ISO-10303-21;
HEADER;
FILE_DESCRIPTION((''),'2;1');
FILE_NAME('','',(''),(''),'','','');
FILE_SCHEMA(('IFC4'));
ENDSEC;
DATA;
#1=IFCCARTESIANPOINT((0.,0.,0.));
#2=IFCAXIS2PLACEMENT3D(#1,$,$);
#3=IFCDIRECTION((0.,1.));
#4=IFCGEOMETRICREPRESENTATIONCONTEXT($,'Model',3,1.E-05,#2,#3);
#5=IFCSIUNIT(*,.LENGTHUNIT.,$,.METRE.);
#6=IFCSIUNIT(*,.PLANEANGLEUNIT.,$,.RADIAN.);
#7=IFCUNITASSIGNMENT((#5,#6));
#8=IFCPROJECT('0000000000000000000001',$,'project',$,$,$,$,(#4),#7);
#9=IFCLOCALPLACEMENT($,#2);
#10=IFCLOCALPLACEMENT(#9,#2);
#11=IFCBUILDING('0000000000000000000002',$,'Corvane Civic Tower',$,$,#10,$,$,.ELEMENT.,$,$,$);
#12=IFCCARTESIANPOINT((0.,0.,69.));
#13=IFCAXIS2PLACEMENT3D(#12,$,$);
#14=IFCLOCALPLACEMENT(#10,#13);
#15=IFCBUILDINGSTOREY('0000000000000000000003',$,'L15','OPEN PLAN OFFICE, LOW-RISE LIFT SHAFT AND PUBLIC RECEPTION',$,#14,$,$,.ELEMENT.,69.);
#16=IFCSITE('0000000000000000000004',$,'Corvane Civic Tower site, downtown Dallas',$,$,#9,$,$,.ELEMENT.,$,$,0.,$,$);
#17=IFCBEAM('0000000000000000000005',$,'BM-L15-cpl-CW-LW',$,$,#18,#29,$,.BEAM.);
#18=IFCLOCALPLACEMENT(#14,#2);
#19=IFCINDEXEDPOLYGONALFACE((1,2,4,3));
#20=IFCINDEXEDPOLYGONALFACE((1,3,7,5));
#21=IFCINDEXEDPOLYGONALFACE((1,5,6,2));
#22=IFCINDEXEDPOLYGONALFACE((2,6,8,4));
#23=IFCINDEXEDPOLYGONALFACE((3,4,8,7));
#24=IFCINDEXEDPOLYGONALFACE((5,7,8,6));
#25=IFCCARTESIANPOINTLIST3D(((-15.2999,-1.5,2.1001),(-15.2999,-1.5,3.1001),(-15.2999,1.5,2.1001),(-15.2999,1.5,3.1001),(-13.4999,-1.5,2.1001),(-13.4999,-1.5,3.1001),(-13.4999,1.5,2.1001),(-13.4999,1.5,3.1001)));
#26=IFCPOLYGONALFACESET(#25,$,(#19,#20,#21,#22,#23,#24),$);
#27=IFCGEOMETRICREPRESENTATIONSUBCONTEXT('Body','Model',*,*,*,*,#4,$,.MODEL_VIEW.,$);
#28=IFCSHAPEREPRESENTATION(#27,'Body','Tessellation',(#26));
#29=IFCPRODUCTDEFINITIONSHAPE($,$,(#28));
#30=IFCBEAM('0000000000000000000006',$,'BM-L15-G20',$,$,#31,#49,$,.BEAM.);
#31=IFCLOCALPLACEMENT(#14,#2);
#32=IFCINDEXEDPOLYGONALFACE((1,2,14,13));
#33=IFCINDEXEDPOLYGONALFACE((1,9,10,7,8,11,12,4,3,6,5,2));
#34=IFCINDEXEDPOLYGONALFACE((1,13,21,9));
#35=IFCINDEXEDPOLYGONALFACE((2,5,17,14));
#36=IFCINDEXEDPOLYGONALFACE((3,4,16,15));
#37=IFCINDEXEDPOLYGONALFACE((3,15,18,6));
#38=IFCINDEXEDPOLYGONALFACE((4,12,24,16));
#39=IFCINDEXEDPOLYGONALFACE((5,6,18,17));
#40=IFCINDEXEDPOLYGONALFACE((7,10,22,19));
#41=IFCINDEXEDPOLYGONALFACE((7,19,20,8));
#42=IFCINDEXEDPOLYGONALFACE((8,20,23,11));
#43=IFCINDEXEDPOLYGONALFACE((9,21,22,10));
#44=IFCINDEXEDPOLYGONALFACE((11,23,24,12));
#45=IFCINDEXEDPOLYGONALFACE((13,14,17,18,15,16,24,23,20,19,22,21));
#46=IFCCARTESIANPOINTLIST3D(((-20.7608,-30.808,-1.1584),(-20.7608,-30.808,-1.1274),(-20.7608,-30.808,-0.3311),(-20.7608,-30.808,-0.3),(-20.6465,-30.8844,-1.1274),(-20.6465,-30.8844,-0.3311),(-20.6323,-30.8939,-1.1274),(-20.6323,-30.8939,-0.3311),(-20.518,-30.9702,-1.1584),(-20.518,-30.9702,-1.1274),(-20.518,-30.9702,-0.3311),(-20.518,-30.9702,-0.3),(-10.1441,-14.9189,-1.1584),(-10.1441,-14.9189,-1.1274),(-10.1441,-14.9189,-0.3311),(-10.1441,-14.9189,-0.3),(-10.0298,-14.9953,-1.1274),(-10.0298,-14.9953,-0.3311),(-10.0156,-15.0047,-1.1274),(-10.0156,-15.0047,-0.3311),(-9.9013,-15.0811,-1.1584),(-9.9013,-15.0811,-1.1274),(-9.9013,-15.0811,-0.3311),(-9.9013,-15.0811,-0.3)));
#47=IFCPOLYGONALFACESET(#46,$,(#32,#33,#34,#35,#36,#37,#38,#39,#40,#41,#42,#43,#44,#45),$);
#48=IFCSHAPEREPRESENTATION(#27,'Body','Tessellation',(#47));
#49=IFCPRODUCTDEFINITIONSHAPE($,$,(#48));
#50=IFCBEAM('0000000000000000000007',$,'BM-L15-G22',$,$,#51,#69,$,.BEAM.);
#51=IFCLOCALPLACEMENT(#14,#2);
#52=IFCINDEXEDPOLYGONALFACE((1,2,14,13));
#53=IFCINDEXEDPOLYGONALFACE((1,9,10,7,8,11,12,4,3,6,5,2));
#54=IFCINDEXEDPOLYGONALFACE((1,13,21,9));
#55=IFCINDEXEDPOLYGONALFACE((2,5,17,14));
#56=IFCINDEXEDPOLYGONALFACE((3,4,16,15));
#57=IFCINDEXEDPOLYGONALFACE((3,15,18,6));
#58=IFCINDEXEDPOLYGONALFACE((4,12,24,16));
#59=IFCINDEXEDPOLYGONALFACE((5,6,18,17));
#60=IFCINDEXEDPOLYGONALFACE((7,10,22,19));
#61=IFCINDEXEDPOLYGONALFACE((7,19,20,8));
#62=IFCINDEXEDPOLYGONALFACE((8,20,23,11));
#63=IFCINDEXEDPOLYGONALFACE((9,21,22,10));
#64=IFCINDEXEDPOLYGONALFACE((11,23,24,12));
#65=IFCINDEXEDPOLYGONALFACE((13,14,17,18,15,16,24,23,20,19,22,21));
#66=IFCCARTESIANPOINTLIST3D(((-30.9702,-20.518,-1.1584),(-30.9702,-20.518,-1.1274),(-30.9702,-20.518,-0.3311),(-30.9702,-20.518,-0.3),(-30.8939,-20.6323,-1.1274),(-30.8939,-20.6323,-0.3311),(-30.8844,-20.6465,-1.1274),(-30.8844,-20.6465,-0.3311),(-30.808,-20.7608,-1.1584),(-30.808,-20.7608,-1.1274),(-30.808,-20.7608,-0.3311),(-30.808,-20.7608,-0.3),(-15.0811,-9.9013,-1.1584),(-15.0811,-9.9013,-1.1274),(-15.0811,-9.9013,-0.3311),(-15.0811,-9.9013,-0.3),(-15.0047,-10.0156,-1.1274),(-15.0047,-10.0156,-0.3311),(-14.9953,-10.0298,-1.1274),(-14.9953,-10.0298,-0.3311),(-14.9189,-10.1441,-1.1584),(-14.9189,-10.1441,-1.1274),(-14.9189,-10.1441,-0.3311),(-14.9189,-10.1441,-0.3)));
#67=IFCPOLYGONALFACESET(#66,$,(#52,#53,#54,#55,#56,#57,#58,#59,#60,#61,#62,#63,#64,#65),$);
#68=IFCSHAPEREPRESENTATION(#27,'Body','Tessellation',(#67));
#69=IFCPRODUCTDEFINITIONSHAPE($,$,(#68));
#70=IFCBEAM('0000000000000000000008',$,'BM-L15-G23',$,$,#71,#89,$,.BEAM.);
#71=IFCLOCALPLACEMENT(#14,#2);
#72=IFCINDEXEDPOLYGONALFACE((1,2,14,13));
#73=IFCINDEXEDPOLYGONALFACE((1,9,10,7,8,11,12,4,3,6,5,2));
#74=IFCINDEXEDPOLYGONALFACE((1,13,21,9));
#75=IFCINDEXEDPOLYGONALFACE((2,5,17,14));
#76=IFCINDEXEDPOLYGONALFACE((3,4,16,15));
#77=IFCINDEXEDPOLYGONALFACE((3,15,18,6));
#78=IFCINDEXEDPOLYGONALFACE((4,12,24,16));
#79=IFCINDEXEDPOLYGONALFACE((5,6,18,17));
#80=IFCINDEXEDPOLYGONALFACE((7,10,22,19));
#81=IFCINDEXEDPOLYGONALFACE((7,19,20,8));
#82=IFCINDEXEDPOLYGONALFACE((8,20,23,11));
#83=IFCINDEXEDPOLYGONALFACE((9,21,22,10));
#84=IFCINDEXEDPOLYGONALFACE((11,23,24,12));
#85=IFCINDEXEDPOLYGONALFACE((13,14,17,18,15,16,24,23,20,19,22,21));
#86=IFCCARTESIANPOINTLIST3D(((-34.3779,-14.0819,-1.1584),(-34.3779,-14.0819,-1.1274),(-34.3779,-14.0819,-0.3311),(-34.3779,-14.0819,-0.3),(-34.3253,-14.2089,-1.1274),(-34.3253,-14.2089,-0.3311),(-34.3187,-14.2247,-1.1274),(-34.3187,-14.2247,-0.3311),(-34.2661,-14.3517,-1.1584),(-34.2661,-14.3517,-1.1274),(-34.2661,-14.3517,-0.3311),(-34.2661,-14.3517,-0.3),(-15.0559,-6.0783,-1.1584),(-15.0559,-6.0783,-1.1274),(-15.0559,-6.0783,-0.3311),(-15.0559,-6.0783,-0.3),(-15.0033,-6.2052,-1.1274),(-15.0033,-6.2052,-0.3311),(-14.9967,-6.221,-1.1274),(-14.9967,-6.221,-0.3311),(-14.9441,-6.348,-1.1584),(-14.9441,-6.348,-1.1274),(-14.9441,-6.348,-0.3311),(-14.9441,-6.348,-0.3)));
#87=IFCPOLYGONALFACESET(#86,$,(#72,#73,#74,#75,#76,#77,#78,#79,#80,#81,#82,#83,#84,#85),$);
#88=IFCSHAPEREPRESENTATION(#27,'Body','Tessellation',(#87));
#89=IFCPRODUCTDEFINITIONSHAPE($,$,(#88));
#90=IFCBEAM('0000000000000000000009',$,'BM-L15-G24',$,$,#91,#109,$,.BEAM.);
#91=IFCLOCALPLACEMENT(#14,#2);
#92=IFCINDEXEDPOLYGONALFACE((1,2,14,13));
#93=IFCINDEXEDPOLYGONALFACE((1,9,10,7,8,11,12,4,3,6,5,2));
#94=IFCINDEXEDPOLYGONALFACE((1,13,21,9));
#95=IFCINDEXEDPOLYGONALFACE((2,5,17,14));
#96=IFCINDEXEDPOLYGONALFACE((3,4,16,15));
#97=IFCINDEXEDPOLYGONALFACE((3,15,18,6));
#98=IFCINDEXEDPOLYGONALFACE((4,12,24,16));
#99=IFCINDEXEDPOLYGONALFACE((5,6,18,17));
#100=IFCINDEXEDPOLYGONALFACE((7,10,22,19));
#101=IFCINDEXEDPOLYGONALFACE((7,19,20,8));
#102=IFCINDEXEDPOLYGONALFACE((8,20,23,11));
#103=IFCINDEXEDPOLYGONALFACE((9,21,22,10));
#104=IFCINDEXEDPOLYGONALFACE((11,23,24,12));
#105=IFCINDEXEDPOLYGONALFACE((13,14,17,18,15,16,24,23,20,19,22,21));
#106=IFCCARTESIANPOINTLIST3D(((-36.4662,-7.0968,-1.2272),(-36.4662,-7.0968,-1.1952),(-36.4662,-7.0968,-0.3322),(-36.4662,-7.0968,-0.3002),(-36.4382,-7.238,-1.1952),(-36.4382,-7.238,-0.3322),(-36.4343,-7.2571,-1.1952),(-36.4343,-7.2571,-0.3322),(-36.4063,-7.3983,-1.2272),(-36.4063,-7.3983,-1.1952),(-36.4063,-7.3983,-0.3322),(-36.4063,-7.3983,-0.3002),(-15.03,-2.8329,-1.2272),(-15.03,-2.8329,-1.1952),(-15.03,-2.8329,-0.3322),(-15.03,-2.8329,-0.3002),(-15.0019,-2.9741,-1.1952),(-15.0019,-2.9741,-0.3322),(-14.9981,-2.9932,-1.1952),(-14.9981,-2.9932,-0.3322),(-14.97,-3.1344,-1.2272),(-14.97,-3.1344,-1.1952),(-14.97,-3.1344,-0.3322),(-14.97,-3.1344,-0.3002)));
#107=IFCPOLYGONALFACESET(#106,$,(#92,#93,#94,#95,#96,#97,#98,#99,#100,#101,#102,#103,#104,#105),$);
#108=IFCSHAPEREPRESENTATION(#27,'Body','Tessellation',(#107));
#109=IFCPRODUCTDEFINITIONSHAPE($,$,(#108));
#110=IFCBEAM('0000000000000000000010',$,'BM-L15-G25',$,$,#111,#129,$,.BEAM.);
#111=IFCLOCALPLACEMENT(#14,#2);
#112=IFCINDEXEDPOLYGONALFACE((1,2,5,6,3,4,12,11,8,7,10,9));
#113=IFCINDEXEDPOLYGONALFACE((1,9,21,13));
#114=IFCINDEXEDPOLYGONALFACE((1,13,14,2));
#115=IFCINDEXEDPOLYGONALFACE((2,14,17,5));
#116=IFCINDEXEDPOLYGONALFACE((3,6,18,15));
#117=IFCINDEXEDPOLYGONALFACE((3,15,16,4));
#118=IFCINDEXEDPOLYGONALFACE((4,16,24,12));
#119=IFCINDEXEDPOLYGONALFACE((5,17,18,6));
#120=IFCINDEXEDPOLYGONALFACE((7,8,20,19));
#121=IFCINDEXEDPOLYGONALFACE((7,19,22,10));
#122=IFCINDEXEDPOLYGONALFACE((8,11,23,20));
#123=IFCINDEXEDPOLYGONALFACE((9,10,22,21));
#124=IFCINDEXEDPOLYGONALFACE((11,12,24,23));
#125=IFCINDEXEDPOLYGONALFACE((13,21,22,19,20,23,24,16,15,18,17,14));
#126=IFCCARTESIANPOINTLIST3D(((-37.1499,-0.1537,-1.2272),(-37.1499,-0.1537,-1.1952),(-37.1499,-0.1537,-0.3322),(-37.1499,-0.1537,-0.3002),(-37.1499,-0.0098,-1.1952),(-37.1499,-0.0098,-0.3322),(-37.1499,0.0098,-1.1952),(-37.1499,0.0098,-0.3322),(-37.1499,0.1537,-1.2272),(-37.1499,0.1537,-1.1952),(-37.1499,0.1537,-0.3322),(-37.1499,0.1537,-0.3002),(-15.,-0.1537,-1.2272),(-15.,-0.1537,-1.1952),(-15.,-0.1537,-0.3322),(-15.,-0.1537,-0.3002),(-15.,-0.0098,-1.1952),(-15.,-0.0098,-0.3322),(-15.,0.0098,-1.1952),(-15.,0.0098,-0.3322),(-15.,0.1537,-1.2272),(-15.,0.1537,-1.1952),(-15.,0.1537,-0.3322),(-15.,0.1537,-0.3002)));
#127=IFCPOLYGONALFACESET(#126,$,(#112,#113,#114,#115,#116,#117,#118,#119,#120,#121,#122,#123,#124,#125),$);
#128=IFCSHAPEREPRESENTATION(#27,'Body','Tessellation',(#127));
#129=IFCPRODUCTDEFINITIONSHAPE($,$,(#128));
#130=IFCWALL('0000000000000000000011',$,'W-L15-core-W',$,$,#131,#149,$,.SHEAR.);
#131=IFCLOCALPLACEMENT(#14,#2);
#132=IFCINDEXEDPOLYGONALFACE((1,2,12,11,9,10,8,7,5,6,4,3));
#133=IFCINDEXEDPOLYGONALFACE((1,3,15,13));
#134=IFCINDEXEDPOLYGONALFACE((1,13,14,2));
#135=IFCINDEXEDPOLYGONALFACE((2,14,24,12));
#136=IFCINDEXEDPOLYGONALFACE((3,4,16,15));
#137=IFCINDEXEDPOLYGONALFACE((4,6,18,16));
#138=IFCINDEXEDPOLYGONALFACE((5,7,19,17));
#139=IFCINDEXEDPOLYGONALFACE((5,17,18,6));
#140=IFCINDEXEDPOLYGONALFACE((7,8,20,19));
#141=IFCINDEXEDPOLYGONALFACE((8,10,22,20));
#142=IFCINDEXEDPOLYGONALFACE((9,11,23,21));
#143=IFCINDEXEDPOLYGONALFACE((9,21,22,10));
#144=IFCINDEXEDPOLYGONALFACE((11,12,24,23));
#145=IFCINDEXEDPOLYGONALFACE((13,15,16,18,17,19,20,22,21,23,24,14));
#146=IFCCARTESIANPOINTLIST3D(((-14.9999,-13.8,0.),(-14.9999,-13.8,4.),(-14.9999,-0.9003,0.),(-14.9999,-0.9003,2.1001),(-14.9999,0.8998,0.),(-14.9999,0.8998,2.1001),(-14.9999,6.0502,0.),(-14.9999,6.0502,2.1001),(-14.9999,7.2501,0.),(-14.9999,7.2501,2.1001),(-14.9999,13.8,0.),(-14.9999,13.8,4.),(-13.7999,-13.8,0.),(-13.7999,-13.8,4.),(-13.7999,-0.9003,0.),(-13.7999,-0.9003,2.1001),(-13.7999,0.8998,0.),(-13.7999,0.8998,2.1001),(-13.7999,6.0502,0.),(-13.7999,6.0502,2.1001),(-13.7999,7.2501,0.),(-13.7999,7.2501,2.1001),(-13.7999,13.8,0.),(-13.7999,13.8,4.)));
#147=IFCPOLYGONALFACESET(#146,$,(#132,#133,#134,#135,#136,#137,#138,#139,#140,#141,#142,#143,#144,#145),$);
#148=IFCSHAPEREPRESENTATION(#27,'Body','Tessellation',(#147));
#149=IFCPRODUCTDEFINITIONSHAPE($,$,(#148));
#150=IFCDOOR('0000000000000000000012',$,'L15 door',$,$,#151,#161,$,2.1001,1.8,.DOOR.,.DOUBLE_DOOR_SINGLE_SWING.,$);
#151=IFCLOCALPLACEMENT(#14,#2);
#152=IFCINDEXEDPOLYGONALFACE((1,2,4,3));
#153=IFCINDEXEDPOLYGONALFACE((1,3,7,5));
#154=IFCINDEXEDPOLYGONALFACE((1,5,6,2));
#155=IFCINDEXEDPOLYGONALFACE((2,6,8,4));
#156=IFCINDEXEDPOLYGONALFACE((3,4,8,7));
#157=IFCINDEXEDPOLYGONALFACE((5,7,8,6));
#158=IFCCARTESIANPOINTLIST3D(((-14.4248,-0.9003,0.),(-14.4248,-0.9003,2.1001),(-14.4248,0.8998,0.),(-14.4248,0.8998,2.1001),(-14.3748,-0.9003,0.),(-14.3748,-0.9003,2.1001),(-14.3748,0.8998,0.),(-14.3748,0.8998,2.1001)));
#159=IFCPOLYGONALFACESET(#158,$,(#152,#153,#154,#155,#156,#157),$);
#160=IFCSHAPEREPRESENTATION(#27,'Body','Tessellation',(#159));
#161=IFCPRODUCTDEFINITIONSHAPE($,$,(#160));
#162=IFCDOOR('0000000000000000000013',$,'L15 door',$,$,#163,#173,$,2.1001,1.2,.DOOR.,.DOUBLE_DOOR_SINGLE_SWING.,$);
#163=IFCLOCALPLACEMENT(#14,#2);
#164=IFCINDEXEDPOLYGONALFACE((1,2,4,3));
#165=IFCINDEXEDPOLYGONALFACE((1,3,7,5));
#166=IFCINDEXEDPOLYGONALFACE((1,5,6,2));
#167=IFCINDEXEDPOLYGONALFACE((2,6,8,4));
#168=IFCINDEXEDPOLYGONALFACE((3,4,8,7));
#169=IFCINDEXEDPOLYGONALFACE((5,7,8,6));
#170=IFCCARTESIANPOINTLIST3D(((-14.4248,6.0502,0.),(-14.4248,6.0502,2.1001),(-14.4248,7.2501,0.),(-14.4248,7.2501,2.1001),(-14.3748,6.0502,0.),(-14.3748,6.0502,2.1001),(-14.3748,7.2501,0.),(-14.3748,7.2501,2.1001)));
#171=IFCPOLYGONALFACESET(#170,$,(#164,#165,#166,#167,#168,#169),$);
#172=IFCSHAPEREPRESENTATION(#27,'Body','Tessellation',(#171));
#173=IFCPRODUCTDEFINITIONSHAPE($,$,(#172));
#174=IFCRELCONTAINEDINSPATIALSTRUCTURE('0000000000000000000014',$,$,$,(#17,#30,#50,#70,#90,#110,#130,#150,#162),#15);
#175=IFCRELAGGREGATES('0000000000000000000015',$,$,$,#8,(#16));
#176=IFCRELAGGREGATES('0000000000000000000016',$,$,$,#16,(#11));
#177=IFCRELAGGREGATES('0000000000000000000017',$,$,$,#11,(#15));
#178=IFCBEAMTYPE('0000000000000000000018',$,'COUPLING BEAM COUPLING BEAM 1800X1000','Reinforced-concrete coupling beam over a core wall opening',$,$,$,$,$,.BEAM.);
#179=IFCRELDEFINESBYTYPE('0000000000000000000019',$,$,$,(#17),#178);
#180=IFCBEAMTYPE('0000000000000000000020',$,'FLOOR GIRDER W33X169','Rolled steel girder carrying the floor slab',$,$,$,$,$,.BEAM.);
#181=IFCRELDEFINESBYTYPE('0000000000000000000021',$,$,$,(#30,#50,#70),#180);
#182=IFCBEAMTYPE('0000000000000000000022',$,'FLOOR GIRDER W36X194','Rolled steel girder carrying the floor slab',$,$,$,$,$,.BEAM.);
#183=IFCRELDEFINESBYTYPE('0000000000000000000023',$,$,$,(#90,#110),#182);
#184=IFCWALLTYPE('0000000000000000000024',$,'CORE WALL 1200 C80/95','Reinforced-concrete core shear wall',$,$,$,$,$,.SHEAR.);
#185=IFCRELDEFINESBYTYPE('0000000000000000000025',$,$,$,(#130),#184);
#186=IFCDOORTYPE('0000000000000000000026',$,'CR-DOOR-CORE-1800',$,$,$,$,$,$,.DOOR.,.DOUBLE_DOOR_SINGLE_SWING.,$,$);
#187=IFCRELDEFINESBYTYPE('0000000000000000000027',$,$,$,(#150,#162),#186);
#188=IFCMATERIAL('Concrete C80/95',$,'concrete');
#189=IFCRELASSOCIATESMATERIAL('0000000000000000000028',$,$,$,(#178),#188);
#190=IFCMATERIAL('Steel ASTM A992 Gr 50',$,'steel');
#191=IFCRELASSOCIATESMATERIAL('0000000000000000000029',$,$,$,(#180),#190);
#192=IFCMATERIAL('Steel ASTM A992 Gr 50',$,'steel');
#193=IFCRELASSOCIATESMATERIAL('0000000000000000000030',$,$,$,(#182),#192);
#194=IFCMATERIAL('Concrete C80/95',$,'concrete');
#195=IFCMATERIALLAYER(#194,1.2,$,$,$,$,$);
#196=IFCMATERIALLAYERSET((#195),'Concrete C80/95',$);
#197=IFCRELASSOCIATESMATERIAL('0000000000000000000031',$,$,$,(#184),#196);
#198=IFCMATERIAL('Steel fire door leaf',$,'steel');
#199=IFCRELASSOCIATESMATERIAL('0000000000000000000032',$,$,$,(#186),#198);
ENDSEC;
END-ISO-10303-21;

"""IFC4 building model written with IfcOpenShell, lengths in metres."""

from ifc_helpers import new_model, si_unit, direction, frame, frame_2d, origin, origin_2d, place, context, subcontext, project, spatial, rectangle, i_section, extrude, material, layer, layer_set, material_profile, profile_set, type_object, element, fill, save


model = new_model("IFC4")

# Units and contexts
model_context = context("Model", 3, precision=1e-05, world=origin(), true_north=direction((0.0, 1.0)))
body_context = subcontext(model_context, "Body", "Model", "MODEL_VIEW")
ifc_project = project(units=[si_unit("LENGTHUNIT", "METRE"), si_unit("PLANEANGLEUNIT", "RADIAN")], contexts=[model_context])

# Site, building, storey
site_placement = place(None, origin())
site = spatial("IfcSite", under=ifc_project, at=site_placement, Name="Corvane Civic Tower site, downtown Dallas", CompositionType="ELEMENT", RefElevation=0.0)
building_placement = place(site_placement, origin())
building = spatial("IfcBuilding", under=site, at=building_placement, Name="Corvane Civic Tower", CompositionType="ELEMENT")
storey_placement = place(building_placement, frame((0.0, 0.0, 69.0)))
storey = spatial("IfcBuildingStorey", under=building, at=storey_placement, Name="L15", Description="OPEN PLAN OFFICE, LOW-RISE LIFT SHAFT AND PUBLIC RECEPTION", CompositionType="ELEMENT", Elevation=69.0)

# Beams
ifc_material_1 = material(Name="Concrete C80/95", Category="concrete")
ifc_material_profile_1 = material_profile(ifc_material_1, rectangle(XDim=1.8, YDim=1.0, at=origin_2d()), Name="COUPLING BEAM 1800X1000")
ifc_profile_set_1 = profile_set([ifc_material_profile_1], Name="Concrete C80/95")
beam_type_1 = type_object("IfcBeamType", Name="COUPLING BEAM COUPLING BEAM 1800X1000", Description="Reinforced-concrete coupling beam over a core wall opening", PredefinedType="BEAM", material=ifc_profile_set_1)
beam_1_placement = place(storey_placement, frame((-14.3999, -1.5, 2.6001), z_axis=(0.0, 1.0, 0.0), x_axis=(-1.0, 0.0, 0.0)))
element("IfcBeam", 1, at=beam_1_placement, inside=storey, type_object=beam_type_1, Name="BM-L15-cpl-CW-LW", PredefinedType="BEAM", context=body_context, shape_type="SweptSolid", body=[
    extrude(rectangle(XDim=1.8, YDim=1.0, at=origin_2d()), origin(), (0.0, 0.0, 1.0), 3.0),
])
ifc_material_2 = material(Name="Steel ASTM A992 Gr 50", Category="steel")
ifc_material_profile_2 = material_profile(ifc_material_2, i_section(OverallWidth=0.292, OverallDepth=0.8584, WebThickness=0.0171, FlangeThickness=0.031, at=origin_2d()), Name="W33X169")
ifc_profile_set_2 = profile_set([ifc_material_profile_2], Name="Steel ASTM A992 Gr 50")
beam_type_2 = type_object("IfcBeamType", Name="FLOOR GIRDER W33X169", Description="Rolled steel girder carrying the floor slab", PredefinedType="BEAM", material=ifc_profile_set_2)
for number, where, z_axis, x_axis, name in (
    (2, (-10.0227, -15.0, -0.7292), (-0.555567, -0.831472, 0.0), (0.831472, -0.555567, 0.0), "BM-L15-G20"),
    (3, (-15.0, -10.0227, -0.7292), (-0.831472, -0.555567, 0.0), (0.555567, -0.831472, 0.0), "BM-L15-G22"),
):
    element("IfcBeam", number, at=place(storey_placement, frame(where, z_axis=z_axis, x_axis=x_axis)), inside=storey, type_object=beam_type_2, Name=name, PredefinedType="BEAM", context=body_context, shape_type="SweptSolid", body=[
        extrude(i_section(OverallWidth=0.292, OverallDepth=0.8584, WebThickness=0.0171, FlangeThickness=0.031, at=origin_2d()), origin(), (0.0, 0.0, 1.0), 19.1096),
    ])
beam_2_placement = place(storey_placement, frame((-15.0, -6.2131, -0.7292), z_axis=(-0.923876, -0.382692, 0.0), x_axis=(0.382692, -0.923876, 0.0)))
element("IfcBeam", 4, at=beam_2_placement, inside=storey, type_object=beam_type_2, Name="BM-L15-G23", PredefinedType="BEAM", context=body_context, shape_type="SweptSolid", body=[
    extrude(i_section(OverallWidth=0.292, OverallDepth=0.8584, WebThickness=0.0171, FlangeThickness=0.031, at=origin_2d()), origin(), (0.0, 0.0, 1.0), 20.9141),
])
ifc_material_3 = material(Name="Steel ASTM A992 Gr 50", Category="steel")
ifc_material_profile_3 = material_profile(ifc_material_3, i_section(OverallWidth=0.3074, OverallDepth=0.927, WebThickness=0.0195, FlangeThickness=0.032, at=origin_2d()), Name="W36X194")
ifc_profile_set_3 = profile_set([ifc_material_profile_3], Name="Steel ASTM A992 Gr 50")
beam_type_3 = type_object("IfcBeamType", Name="FLOOR GIRDER W36X194", Description="Rolled steel girder carrying the floor slab", PredefinedType="BEAM", material=ifc_profile_set_3)
beam_3_placement = place(storey_placement, frame((-15.0, -2.9836, -0.7637), z_axis=(-0.980785, -0.195089, 0.0), x_axis=(0.195089, -0.980785, 0.0)))
element("IfcBeam", 5, at=beam_3_placement, inside=storey, type_object=beam_type_3, Name="BM-L15-G24", PredefinedType="BEAM", context=body_context, shape_type="SweptSolid", body=[
    extrude(i_section(OverallWidth=0.3074, OverallDepth=0.927, WebThickness=0.0195, FlangeThickness=0.032, at=origin_2d()), origin(), (0.0, 0.0, 1.0), 21.8562),
])
beam_4_placement = place(storey_placement, frame((-15.0, 0.0, -0.7637), z_axis=(-1.0, 0.0, 0.0), x_axis=(0.0, -1.0, 0.0)))
element("IfcBeam", 6, at=beam_4_placement, inside=storey, type_object=beam_type_3, Name="BM-L15-G25", PredefinedType="BEAM", context=body_context, shape_type="SweptSolid", body=[
    extrude(i_section(OverallWidth=0.3074, OverallDepth=0.927, WebThickness=0.0195, FlangeThickness=0.032, at=origin_2d()), origin(), (0.0, 0.0, 1.0), 22.1499),
])

# Wall, openings, doors
ifc_material_4 = material(Name="Concrete C80/95", Category="concrete")
ifc_layer_1 = layer(ifc_material_4, 1.2)
ifc_layer_set_1 = layer_set([ifc_layer_1], Name="Concrete C80/95")
wall_type_1 = type_object("IfcWallType", Name="CORE WALL 1200 C80/95", Description="Reinforced-concrete core shear wall", PredefinedType="SHEAR", material=ifc_layer_set_1)
wall_1_placement = place(storey_placement, frame((-14.3999, -13.8, 0.0), z_axis=(0.0, 0.0, 1.0), x_axis=(0.0, 1.0, 0.0)))
wall_1 = element("IfcWall", 7, at=wall_1_placement, inside=storey, type_object=wall_type_1, Name="W-L15-core-W", PredefinedType="SHEAR", context=body_context, shape_type="SweptSolid", body=[
    extrude(rectangle(XDim=27.6001, YDim=1.2, at=frame_2d((13.8, 0.0))), origin(), (0.0, 0.0, 1.0), 4.0),
])
opening_1_placement = place(wall_1_placement, frame((12.8999, 0.0, 0.0)))
opening_1 = element("IfcOpeningElement", 8, at=opening_1_placement, cuts=wall_1, PredefinedType="OPENING", context=body_context, shape_type="SweptSolid", body=[
    extrude(rectangle(XDim=1.8, YDim=2.1001, at=frame_2d((0.8999, 1.05))), frame((0.0, 0.6099, 0.0), z_axis=(0.0, -1.0, 0.0), x_axis=(1.0, 0.0, 0.0)), (0.0, 0.0, 1.0), 1.22),
])
opening_2_placement = place(wall_1_placement, frame((19.8501, 0.0, 0.0)))
opening_2 = element("IfcOpeningElement", 9, at=opening_2_placement, cuts=wall_1, PredefinedType="OPENING", context=body_context, shape_type="SweptSolid", body=[
    extrude(rectangle(XDim=1.2, YDim=2.1001, at=frame_2d((0.6001, 1.05))), frame((0.0, 0.6099, 0.0), z_axis=(0.0, -1.0, 0.0), x_axis=(1.0, 0.0, 0.0)), (0.0, 0.0, 1.0), 1.22),
])
ifc_material_5 = material(Name="Steel fire door leaf", Category="steel")
door_type_1 = type_object("IfcDoorType", Name="CR-DOOR-CORE-1800", OperationType="DOUBLE_DOOR_SINGLE_SWING", PredefinedType="DOOR", material=ifc_material_5)
door_1_placement = place(opening_1_placement, origin())
door_1 = element("IfcDoor", 10, at=door_1_placement, inside=storey, type_object=door_type_1, Name="L15 door", OperationType="DOUBLE_DOOR_SINGLE_SWING", OverallHeight=2.1001, OverallWidth=1.8, PredefinedType="DOOR", context=body_context, shape_type="SweptSolid", body=[
    extrude(rectangle(XDim=1.8, YDim=2.1001, at=frame_2d((0.8999, 1.05))), frame((0.0, 0.0249, 0.0), z_axis=(0.0, -1.0, 0.0), x_axis=(1.0, 0.0, 0.0)), (0.0, 0.0, 1.0), 0.05),
])
fill(opening_1, door_1)
door_2_placement = place(opening_2_placement, origin())
door_2 = element("IfcDoor", 11, at=door_2_placement, inside=storey, type_object=door_type_1, Name="L15 door", OperationType="DOUBLE_DOOR_SINGLE_SWING", OverallHeight=2.1001, OverallWidth=1.2, PredefinedType="DOOR", context=body_context, shape_type="SweptSolid", body=[
    extrude(rectangle(XDim=1.2, YDim=2.1001, at=frame_2d((0.6001, 1.05))), frame((0.0, 0.0249, 0.0), z_axis=(0.0, -1.0, 0.0), x_axis=(1.0, 0.0, 0.0)), (0.0, 0.0, 1.0), 0.05),
])
fill(opening_2, door_2)

save(model, "model.ifc")
